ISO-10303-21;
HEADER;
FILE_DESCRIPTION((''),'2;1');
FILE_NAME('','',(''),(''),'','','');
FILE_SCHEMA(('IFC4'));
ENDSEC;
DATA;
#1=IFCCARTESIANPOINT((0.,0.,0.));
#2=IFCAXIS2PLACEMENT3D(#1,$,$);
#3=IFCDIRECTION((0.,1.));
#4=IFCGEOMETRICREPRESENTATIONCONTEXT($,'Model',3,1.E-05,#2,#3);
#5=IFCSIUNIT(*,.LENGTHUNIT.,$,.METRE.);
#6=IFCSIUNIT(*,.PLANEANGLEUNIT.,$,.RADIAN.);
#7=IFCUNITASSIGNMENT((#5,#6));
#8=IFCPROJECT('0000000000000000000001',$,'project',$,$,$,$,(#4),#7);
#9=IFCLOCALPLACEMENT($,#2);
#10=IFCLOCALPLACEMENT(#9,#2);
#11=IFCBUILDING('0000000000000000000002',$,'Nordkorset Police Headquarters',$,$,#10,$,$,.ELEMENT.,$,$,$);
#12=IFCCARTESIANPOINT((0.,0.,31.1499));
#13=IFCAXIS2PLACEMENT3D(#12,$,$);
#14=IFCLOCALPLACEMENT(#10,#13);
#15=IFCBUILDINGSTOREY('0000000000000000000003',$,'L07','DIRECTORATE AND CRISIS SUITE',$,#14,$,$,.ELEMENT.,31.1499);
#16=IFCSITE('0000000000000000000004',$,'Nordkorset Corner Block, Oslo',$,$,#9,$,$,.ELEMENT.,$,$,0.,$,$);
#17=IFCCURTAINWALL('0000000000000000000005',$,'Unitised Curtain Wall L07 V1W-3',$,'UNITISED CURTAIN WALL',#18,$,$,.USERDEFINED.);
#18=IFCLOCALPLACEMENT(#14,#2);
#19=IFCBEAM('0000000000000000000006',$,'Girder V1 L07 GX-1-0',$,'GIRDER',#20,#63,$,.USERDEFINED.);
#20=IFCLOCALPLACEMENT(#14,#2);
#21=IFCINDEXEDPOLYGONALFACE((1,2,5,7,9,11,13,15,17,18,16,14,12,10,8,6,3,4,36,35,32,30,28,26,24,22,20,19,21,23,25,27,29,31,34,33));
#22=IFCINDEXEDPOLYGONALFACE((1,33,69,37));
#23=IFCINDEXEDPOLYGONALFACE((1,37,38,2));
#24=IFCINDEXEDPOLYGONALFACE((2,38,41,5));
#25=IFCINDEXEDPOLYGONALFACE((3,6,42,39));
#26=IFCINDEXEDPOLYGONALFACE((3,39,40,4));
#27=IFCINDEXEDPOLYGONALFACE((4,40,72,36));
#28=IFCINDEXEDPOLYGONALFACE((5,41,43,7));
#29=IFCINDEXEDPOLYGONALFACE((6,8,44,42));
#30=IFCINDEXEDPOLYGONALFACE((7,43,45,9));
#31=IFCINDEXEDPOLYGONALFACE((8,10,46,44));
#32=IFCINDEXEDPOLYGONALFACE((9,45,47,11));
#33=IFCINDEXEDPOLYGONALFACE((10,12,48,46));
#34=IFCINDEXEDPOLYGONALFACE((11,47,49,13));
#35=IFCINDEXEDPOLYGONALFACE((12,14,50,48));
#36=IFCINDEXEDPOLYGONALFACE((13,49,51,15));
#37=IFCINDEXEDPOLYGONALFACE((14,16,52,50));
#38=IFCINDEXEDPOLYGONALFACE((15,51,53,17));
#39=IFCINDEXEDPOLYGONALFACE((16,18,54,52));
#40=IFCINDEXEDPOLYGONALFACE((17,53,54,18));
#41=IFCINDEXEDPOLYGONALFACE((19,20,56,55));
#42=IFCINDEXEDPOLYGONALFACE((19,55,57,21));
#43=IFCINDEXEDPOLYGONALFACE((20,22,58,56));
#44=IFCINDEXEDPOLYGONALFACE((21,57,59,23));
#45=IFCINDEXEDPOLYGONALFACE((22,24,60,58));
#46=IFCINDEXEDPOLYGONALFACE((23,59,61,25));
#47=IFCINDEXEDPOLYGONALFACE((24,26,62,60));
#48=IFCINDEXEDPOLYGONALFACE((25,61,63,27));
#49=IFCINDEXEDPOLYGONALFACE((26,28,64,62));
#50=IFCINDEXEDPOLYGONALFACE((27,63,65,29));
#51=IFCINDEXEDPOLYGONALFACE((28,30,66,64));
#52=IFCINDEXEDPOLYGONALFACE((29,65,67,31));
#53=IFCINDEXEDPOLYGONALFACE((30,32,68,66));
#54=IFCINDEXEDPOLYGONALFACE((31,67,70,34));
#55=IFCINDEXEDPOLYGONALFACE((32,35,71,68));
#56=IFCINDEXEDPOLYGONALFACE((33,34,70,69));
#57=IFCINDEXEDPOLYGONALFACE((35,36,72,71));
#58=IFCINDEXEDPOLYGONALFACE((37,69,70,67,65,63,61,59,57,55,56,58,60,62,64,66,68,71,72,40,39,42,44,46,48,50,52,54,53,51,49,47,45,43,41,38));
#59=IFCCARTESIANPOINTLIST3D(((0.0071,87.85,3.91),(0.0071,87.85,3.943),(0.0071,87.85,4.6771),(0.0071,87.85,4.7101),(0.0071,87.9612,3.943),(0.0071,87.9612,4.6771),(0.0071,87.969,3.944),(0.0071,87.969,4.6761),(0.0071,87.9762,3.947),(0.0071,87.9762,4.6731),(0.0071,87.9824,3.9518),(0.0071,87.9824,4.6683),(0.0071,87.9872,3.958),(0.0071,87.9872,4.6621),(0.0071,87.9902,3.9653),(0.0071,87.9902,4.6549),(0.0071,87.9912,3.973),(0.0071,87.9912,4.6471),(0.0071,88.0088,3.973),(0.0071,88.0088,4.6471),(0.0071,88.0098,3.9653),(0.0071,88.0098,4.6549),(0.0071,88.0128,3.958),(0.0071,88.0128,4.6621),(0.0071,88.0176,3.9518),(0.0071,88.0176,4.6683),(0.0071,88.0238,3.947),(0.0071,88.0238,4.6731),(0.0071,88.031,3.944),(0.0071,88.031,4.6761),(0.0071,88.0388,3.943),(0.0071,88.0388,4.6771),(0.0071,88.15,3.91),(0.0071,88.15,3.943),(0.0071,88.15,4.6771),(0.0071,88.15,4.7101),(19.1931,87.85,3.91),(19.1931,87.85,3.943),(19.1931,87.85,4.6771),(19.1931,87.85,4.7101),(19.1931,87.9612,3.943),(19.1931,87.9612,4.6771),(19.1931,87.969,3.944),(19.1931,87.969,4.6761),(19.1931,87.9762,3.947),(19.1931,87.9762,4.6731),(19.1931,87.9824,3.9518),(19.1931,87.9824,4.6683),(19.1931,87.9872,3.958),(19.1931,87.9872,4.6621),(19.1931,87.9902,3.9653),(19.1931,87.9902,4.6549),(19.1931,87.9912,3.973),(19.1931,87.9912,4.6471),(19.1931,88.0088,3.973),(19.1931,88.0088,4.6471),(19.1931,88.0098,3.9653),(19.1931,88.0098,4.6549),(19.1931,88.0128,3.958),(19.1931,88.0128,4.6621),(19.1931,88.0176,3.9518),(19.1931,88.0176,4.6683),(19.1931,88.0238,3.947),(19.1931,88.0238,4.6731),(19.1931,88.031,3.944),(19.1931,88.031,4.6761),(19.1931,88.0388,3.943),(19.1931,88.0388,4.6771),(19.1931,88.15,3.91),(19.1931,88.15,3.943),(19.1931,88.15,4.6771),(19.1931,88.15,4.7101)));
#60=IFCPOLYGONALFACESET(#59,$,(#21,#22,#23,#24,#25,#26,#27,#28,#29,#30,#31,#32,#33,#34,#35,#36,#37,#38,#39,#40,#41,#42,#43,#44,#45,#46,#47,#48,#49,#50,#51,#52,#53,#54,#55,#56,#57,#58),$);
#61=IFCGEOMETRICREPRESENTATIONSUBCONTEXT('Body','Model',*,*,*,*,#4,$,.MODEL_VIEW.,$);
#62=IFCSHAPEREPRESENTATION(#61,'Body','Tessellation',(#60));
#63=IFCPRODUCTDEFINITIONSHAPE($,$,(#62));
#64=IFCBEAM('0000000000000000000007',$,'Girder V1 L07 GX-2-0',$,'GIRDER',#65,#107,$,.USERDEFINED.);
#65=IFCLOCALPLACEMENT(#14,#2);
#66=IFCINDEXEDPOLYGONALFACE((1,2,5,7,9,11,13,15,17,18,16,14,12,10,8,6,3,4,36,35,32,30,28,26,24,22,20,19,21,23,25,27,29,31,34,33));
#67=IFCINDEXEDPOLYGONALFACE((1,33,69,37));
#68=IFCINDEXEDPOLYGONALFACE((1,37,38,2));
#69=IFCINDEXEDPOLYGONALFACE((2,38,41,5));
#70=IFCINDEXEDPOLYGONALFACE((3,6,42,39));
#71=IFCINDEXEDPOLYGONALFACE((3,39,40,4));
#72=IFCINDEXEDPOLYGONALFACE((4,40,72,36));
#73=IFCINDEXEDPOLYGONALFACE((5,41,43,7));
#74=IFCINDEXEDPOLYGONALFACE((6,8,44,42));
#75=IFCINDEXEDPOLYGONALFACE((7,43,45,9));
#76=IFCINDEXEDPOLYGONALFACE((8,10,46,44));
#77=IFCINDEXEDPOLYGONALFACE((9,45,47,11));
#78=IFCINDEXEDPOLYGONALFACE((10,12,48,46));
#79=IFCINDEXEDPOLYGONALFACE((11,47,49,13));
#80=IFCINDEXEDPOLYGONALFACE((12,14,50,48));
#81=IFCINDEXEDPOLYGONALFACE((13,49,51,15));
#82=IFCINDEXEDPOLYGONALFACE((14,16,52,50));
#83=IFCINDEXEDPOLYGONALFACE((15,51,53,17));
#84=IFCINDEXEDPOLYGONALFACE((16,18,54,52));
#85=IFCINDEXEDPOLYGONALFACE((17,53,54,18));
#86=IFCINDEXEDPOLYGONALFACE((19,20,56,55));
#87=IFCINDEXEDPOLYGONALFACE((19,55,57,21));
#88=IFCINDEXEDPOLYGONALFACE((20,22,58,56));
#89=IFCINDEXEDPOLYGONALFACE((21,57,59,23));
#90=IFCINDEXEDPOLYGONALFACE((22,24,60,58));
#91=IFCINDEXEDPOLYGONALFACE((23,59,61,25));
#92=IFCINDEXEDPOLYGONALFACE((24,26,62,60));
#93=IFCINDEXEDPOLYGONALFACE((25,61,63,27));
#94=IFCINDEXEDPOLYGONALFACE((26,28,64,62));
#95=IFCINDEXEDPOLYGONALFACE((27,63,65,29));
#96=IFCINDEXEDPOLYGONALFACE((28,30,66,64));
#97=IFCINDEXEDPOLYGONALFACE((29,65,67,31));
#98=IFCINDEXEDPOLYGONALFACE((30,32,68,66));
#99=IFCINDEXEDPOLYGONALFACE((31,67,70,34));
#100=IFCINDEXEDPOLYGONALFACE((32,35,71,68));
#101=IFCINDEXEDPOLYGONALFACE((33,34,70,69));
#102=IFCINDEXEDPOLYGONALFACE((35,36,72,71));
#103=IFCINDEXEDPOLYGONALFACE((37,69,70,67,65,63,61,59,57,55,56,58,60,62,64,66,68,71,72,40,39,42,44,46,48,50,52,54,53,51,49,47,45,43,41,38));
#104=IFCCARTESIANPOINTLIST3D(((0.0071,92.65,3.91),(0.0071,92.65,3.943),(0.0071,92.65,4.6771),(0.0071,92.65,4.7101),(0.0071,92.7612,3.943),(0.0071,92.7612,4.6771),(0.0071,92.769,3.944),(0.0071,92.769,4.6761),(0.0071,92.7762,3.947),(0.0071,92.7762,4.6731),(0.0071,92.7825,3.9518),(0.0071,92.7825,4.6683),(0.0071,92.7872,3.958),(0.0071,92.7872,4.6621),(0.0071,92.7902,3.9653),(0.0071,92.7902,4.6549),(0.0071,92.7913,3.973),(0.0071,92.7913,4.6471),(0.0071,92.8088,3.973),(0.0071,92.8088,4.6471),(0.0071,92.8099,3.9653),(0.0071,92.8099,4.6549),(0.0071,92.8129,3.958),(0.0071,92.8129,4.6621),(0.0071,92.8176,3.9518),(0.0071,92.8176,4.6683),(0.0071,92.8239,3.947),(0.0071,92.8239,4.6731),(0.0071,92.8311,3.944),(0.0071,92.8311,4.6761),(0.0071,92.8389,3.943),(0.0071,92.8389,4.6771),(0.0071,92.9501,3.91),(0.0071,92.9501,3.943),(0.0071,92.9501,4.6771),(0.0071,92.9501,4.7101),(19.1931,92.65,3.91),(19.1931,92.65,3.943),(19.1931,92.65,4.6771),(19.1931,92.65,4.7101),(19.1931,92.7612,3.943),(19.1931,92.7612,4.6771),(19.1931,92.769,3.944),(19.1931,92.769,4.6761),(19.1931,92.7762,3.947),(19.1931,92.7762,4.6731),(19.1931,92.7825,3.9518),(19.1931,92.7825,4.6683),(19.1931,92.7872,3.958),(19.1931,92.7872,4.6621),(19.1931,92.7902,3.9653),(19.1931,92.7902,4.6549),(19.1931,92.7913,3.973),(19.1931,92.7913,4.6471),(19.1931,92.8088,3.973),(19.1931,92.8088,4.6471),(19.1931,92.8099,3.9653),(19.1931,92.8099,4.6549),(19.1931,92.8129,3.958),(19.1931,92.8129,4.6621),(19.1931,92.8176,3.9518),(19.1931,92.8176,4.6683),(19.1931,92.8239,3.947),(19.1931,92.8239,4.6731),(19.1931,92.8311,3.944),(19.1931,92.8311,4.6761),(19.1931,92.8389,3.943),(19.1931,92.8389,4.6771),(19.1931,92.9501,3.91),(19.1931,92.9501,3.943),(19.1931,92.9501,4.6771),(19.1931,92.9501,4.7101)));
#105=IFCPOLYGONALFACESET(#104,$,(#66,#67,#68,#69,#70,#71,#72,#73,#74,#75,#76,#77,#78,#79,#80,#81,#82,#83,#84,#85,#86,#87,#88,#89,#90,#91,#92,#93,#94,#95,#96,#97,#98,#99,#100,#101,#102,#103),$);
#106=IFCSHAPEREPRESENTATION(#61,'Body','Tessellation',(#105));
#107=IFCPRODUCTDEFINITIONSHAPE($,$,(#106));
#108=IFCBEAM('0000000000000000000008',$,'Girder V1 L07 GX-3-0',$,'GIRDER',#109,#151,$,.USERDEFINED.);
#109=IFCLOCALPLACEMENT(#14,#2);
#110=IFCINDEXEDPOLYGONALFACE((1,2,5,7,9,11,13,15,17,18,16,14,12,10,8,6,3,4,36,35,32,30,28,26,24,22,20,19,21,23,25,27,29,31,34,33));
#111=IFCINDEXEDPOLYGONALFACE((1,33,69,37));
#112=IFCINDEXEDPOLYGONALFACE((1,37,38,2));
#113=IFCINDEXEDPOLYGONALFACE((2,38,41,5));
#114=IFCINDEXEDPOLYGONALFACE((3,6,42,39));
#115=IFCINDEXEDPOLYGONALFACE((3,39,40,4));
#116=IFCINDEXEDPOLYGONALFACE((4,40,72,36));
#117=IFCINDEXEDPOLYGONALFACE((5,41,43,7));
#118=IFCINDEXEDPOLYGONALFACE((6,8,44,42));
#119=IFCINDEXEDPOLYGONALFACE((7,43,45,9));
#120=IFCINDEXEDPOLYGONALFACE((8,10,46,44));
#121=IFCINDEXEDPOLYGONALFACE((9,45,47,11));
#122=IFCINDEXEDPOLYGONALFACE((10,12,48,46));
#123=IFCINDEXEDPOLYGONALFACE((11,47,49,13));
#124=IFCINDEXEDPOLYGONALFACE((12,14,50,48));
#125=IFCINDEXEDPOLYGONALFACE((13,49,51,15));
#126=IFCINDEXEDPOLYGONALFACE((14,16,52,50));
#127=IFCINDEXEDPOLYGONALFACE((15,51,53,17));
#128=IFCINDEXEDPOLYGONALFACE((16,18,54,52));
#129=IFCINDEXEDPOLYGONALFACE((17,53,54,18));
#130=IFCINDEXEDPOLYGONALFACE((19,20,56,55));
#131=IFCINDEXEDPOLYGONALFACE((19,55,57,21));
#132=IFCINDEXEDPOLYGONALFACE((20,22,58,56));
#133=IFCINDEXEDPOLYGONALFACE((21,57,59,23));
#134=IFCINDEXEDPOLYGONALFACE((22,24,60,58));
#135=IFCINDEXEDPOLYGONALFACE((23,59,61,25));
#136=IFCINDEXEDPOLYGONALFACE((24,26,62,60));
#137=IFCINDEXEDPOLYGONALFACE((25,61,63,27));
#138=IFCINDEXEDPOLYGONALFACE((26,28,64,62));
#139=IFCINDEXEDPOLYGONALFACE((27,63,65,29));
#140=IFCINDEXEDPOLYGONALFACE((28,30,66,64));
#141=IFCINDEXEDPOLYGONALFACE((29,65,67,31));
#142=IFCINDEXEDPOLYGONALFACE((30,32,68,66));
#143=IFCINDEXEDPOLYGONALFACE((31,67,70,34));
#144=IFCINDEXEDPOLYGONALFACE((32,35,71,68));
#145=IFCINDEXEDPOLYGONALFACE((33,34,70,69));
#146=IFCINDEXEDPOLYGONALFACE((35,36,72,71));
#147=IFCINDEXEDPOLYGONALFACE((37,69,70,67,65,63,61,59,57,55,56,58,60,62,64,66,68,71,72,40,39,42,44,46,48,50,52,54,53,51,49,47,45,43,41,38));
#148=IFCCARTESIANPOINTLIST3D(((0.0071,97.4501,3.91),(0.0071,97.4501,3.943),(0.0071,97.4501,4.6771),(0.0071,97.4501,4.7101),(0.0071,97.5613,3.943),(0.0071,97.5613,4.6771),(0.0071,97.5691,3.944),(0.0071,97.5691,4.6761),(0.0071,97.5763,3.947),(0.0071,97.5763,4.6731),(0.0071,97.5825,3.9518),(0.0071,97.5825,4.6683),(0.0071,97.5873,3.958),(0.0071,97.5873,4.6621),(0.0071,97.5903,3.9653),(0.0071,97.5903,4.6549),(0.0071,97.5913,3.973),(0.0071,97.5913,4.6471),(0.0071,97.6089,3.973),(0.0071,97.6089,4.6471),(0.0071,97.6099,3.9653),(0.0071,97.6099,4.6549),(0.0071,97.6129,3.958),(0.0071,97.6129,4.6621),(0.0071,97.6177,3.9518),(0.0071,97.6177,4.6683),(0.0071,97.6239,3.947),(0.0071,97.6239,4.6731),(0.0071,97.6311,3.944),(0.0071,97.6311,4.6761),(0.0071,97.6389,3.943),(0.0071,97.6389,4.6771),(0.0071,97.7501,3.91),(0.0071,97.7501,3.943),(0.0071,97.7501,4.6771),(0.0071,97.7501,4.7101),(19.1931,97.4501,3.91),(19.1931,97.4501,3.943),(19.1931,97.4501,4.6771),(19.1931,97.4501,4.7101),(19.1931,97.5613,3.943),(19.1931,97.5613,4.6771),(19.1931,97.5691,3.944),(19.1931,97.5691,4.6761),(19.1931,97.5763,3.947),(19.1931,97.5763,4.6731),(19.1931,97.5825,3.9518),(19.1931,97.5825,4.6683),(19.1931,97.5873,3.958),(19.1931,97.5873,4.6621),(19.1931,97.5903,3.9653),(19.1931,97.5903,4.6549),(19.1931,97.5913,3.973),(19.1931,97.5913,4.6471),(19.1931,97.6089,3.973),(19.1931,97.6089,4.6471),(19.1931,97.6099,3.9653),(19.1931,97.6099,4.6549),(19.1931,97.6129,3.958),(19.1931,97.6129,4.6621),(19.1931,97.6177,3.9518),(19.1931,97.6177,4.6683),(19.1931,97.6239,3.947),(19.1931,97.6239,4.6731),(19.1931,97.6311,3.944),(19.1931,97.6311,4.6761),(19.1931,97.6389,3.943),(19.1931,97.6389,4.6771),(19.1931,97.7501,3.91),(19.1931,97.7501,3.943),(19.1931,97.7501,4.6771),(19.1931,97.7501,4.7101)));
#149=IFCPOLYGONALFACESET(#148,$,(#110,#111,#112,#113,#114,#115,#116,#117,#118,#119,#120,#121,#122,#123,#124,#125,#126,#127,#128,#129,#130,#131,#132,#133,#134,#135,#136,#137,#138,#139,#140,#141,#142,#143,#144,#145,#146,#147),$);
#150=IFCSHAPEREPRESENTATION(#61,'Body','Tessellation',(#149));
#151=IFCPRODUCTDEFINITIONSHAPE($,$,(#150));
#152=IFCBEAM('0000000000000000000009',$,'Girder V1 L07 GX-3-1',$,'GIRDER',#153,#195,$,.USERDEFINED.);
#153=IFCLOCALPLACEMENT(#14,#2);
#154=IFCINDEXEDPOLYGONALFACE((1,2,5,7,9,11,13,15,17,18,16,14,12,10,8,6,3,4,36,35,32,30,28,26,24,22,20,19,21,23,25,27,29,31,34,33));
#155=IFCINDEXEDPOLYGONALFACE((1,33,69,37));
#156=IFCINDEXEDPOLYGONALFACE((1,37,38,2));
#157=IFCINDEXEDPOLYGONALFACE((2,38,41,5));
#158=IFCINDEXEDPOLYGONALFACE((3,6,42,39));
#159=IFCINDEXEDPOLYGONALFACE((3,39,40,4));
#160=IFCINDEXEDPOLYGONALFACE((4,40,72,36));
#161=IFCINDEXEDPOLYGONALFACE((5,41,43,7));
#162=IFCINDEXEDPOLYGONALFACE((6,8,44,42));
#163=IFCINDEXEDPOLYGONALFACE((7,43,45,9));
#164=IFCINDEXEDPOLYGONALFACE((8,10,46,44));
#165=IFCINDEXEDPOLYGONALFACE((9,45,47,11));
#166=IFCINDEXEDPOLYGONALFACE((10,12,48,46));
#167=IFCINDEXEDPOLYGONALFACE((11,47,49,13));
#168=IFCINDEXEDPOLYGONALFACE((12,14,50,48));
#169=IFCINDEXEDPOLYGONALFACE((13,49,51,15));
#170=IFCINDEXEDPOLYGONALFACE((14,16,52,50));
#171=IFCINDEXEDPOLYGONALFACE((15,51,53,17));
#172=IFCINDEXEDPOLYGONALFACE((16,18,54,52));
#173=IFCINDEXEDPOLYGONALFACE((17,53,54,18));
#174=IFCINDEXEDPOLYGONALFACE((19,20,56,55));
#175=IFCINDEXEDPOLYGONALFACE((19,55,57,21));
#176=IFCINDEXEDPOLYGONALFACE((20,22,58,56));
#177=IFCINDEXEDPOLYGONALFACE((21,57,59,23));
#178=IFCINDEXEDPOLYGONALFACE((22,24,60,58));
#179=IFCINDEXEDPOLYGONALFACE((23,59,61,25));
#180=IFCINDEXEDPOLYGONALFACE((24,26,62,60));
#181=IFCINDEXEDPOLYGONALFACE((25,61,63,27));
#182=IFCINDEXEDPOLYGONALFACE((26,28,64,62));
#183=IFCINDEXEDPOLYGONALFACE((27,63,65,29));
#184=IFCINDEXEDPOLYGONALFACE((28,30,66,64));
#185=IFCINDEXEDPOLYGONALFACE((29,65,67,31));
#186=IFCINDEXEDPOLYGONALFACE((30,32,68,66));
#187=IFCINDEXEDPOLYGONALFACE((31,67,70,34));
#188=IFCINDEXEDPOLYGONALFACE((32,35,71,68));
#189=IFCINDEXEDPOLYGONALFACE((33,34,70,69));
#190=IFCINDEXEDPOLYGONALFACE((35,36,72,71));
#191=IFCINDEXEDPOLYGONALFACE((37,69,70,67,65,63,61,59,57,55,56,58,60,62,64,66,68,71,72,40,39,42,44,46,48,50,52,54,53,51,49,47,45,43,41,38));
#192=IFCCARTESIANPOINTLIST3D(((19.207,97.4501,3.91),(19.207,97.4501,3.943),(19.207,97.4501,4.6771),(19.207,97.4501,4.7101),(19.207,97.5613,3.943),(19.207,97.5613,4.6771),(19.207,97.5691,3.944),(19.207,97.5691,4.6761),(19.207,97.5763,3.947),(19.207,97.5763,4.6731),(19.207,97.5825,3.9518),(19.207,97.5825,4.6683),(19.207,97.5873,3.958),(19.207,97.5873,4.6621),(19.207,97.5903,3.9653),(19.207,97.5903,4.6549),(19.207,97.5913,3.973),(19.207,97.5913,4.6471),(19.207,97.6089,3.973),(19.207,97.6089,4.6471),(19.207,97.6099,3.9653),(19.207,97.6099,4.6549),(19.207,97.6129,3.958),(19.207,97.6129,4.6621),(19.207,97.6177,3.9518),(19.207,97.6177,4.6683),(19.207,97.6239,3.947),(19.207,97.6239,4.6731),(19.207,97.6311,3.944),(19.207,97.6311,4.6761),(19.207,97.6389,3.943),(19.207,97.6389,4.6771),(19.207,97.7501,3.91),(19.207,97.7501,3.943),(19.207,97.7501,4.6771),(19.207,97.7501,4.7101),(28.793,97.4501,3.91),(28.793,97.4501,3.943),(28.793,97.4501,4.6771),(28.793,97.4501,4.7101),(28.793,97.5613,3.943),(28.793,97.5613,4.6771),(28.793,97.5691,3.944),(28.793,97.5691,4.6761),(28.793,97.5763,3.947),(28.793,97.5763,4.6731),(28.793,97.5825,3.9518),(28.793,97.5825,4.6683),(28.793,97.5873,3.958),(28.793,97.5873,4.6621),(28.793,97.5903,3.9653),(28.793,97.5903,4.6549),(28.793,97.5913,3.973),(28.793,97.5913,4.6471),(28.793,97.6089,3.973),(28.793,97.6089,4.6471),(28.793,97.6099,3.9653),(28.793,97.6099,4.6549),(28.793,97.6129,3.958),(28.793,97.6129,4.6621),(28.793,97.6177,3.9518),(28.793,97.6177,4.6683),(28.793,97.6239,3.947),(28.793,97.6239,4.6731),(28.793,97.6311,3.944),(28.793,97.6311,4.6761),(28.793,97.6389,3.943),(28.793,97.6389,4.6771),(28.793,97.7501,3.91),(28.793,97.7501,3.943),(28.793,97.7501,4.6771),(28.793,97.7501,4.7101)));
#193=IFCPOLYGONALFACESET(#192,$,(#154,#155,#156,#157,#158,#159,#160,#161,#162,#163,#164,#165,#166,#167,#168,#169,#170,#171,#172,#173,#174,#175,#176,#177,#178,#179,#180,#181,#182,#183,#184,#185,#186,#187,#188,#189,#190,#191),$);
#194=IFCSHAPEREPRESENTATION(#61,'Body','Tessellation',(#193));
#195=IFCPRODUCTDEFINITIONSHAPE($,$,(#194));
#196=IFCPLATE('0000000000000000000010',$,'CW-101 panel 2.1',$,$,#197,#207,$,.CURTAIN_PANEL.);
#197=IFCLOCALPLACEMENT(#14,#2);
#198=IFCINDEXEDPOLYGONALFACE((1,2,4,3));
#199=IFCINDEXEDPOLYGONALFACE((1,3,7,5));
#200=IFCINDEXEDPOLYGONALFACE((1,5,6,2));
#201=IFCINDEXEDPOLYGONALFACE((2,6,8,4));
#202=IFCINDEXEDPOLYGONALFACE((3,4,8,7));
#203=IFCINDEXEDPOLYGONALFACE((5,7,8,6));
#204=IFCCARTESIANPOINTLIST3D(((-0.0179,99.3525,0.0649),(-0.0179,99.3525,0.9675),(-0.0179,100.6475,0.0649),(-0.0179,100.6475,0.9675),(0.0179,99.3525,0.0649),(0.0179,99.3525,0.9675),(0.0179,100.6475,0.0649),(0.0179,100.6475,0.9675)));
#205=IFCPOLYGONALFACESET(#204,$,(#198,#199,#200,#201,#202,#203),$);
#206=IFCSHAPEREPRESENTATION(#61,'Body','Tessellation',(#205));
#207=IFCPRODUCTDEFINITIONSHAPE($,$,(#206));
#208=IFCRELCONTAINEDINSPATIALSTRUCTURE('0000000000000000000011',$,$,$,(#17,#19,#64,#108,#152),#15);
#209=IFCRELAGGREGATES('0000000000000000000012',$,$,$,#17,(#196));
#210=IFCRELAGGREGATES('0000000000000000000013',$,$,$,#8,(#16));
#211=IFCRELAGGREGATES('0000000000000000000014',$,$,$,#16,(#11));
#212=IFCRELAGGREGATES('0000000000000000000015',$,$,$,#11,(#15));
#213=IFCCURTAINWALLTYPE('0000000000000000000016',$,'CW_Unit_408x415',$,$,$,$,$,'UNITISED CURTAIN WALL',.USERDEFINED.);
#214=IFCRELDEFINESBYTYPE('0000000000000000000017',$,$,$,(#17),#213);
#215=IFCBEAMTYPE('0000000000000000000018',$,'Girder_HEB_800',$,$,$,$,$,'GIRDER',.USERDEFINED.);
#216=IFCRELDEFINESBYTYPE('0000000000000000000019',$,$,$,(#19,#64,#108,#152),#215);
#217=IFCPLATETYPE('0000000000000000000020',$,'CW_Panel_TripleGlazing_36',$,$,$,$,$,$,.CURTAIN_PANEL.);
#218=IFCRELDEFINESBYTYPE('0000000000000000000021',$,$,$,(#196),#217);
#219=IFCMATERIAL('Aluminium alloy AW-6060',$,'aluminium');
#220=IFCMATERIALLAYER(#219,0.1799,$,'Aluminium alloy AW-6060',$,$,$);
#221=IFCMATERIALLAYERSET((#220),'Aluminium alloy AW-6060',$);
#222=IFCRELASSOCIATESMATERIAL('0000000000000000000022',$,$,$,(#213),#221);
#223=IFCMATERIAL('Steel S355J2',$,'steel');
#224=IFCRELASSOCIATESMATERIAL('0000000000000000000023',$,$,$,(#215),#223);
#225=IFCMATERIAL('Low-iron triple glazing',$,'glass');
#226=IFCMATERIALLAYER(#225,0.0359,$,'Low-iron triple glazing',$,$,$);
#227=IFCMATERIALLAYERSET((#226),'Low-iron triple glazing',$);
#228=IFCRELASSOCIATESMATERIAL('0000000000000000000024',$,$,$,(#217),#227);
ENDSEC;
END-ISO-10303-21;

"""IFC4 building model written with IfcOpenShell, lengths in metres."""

from ifc_helpers import new_model, si_unit, direction, frame, origin, origin_2d, place, context, subcontext, project, spatial, rectangle, i_section, extrude, material, layer, layer_set, material_profile, profile_set, type_object, element, aggregate, save


model = new_model("IFC4")

# Units and contexts
model_context = context("Model", 3, precision=1e-05, world=origin(), true_north=direction((0.0, 1.0)))
body_context = subcontext(model_context, "Body", "Model", "MODEL_VIEW")
ifc_project = project(units=[si_unit("LENGTHUNIT", "METRE"), si_unit("PLANEANGLEUNIT", "RADIAN")], contexts=[model_context])

# Site, building, storey
site_placement = place(None, origin())
site = spatial("IfcSite", under=ifc_project, at=site_placement, Name="Nordkorset Corner Block, Oslo", CompositionType="ELEMENT", RefElevation=0.0)
building_placement = place(site_placement, origin())
building = spatial("IfcBuilding", under=site, at=building_placement, Name="Nordkorset Police Headquarters", CompositionType="ELEMENT")
storey_placement = place(building_placement, frame((0.0, 0.0, 31.1499)))
storey = spatial("IfcBuildingStorey", under=building, at=storey_placement, Name="L07", Description="DIRECTORATE AND CRISIS SUITE", CompositionType="ELEMENT", Elevation=31.1499)

# Curtain wall
ifc_material_1 = material(Name="Aluminium alloy AW-6060", Category="aluminium")
ifc_layer_1 = layer(ifc_material_1, 0.1799, Name="Aluminium alloy AW-6060")
ifc_layer_set_1 = layer_set([ifc_layer_1], Name="Aluminium alloy AW-6060")
curtain_wall_type = type_object("IfcCurtainWallType", Name="CW_Unit_408x415", ElementType="UNITISED CURTAIN WALL", PredefinedType="USERDEFINED", material=ifc_layer_set_1)
curtain_wall_placement = place(storey_placement, origin())
curtain_wall = element("IfcCurtainWall", 1, at=curtain_wall_placement, inside=storey, type_object=curtain_wall_type, Name="Unitised Curtain Wall L07 V1W-3", ObjectType="UNITISED CURTAIN WALL", PredefinedType="USERDEFINED")

# Beams
ifc_material_2 = material(Name="Steel S355J2", Category="steel")
ifc_material_profile_1 = material_profile(ifc_material_2, i_section(OverallWidth=0.3, OverallDepth=0.8, WebThickness=0.0176, FlangeThickness=0.033, FilletRadius=0.03, at=origin_2d()), Name="HEB 800")
ifc_profile_set_1 = profile_set([ifc_material_profile_1], Name="Steel S355J2")
beam_type_1 = type_object("IfcBeamType", Name="Girder_HEB_800", ElementType="GIRDER", PredefinedType="USERDEFINED", material=ifc_profile_set_1)
for number, where, z_axis, x_axis, name in (
    (2, (0.0071, 88.0, 4.3101), (1.0, 0.0, 0.0), (0.0, 1.0, 0.0), "Girder V1 L07 GX-1-0"),
    (3, (0.0071, 92.8, 4.3101), (1.0, 0.0, 0.0), (0.0, 1.0, 0.0), "Girder V1 L07 GX-2-0"),
    (4, (0.0071, 97.6001, 4.3101), (1.0, 0.0, 0.0), (0.0, 1.0, 0.0), "Girder V1 L07 GX-3-0"),
):
    element("IfcBeam", number, at=place(storey_placement, frame(where, z_axis=z_axis, x_axis=x_axis)), inside=storey, type_object=beam_type_1, Name=name, ObjectType="GIRDER", PredefinedType="USERDEFINED", context=body_context, shape_type="SweptSolid", body=[
        extrude(i_section(OverallWidth=0.3, OverallDepth=0.8, WebThickness=0.0176, FlangeThickness=0.033, FilletRadius=0.03, at=origin_2d()), origin(), (0.0, 0.0, 1.0), 19.186),
    ])
beam_1_placement = place(storey_placement, frame((19.207, 97.6001, 4.3101), z_axis=(1.0, 0.0, 0.0), x_axis=(0.0, 1.0, 0.0)))
element("IfcBeam", 5, at=beam_1_placement, inside=storey, type_object=beam_type_1, Name="Girder V1 L07 GX-3-1", ObjectType="GIRDER", PredefinedType="USERDEFINED", context=body_context, shape_type="SweptSolid", body=[
    extrude(i_section(OverallWidth=0.3, OverallDepth=0.8, WebThickness=0.0176, FlangeThickness=0.033, FilletRadius=0.03, at=origin_2d()), origin(), (0.0, 0.0, 1.0), 9.5859),
])

# Plate
ifc_material_3 = material(Name="Low-iron triple glazing", Category="glass")
ifc_layer_2 = layer(ifc_material_3, 0.0359, Name="Low-iron triple glazing")
ifc_layer_set_2 = layer_set([ifc_layer_2], Name="Low-iron triple glazing")
plate_type = type_object("IfcPlateType", Name="CW_Panel_TripleGlazing_36", PredefinedType="CURTAIN_PANEL", material=ifc_layer_set_2)
plate_1_placement = place(storey_placement, frame((0.0, 100.0, 0.0649), z_axis=(0.0, 0.0, 1.0), x_axis=(0.0, 1.0, 0.0)))
plate_1 = element("IfcPlate", 6, at=plate_1_placement, type_object=plate_type, Name="CW-101 panel 2.1", PredefinedType="CURTAIN_PANEL", context=body_context, shape_type="SweptSolid", body=[
    extrude(rectangle(XDim=1.2949, YDim=0.0359, at=origin_2d()), origin(), (0.0, 0.0, 1.0), 0.9026),
])
aggregate(curtain_wall, [plate_1])

save(model, "model.ifc")
